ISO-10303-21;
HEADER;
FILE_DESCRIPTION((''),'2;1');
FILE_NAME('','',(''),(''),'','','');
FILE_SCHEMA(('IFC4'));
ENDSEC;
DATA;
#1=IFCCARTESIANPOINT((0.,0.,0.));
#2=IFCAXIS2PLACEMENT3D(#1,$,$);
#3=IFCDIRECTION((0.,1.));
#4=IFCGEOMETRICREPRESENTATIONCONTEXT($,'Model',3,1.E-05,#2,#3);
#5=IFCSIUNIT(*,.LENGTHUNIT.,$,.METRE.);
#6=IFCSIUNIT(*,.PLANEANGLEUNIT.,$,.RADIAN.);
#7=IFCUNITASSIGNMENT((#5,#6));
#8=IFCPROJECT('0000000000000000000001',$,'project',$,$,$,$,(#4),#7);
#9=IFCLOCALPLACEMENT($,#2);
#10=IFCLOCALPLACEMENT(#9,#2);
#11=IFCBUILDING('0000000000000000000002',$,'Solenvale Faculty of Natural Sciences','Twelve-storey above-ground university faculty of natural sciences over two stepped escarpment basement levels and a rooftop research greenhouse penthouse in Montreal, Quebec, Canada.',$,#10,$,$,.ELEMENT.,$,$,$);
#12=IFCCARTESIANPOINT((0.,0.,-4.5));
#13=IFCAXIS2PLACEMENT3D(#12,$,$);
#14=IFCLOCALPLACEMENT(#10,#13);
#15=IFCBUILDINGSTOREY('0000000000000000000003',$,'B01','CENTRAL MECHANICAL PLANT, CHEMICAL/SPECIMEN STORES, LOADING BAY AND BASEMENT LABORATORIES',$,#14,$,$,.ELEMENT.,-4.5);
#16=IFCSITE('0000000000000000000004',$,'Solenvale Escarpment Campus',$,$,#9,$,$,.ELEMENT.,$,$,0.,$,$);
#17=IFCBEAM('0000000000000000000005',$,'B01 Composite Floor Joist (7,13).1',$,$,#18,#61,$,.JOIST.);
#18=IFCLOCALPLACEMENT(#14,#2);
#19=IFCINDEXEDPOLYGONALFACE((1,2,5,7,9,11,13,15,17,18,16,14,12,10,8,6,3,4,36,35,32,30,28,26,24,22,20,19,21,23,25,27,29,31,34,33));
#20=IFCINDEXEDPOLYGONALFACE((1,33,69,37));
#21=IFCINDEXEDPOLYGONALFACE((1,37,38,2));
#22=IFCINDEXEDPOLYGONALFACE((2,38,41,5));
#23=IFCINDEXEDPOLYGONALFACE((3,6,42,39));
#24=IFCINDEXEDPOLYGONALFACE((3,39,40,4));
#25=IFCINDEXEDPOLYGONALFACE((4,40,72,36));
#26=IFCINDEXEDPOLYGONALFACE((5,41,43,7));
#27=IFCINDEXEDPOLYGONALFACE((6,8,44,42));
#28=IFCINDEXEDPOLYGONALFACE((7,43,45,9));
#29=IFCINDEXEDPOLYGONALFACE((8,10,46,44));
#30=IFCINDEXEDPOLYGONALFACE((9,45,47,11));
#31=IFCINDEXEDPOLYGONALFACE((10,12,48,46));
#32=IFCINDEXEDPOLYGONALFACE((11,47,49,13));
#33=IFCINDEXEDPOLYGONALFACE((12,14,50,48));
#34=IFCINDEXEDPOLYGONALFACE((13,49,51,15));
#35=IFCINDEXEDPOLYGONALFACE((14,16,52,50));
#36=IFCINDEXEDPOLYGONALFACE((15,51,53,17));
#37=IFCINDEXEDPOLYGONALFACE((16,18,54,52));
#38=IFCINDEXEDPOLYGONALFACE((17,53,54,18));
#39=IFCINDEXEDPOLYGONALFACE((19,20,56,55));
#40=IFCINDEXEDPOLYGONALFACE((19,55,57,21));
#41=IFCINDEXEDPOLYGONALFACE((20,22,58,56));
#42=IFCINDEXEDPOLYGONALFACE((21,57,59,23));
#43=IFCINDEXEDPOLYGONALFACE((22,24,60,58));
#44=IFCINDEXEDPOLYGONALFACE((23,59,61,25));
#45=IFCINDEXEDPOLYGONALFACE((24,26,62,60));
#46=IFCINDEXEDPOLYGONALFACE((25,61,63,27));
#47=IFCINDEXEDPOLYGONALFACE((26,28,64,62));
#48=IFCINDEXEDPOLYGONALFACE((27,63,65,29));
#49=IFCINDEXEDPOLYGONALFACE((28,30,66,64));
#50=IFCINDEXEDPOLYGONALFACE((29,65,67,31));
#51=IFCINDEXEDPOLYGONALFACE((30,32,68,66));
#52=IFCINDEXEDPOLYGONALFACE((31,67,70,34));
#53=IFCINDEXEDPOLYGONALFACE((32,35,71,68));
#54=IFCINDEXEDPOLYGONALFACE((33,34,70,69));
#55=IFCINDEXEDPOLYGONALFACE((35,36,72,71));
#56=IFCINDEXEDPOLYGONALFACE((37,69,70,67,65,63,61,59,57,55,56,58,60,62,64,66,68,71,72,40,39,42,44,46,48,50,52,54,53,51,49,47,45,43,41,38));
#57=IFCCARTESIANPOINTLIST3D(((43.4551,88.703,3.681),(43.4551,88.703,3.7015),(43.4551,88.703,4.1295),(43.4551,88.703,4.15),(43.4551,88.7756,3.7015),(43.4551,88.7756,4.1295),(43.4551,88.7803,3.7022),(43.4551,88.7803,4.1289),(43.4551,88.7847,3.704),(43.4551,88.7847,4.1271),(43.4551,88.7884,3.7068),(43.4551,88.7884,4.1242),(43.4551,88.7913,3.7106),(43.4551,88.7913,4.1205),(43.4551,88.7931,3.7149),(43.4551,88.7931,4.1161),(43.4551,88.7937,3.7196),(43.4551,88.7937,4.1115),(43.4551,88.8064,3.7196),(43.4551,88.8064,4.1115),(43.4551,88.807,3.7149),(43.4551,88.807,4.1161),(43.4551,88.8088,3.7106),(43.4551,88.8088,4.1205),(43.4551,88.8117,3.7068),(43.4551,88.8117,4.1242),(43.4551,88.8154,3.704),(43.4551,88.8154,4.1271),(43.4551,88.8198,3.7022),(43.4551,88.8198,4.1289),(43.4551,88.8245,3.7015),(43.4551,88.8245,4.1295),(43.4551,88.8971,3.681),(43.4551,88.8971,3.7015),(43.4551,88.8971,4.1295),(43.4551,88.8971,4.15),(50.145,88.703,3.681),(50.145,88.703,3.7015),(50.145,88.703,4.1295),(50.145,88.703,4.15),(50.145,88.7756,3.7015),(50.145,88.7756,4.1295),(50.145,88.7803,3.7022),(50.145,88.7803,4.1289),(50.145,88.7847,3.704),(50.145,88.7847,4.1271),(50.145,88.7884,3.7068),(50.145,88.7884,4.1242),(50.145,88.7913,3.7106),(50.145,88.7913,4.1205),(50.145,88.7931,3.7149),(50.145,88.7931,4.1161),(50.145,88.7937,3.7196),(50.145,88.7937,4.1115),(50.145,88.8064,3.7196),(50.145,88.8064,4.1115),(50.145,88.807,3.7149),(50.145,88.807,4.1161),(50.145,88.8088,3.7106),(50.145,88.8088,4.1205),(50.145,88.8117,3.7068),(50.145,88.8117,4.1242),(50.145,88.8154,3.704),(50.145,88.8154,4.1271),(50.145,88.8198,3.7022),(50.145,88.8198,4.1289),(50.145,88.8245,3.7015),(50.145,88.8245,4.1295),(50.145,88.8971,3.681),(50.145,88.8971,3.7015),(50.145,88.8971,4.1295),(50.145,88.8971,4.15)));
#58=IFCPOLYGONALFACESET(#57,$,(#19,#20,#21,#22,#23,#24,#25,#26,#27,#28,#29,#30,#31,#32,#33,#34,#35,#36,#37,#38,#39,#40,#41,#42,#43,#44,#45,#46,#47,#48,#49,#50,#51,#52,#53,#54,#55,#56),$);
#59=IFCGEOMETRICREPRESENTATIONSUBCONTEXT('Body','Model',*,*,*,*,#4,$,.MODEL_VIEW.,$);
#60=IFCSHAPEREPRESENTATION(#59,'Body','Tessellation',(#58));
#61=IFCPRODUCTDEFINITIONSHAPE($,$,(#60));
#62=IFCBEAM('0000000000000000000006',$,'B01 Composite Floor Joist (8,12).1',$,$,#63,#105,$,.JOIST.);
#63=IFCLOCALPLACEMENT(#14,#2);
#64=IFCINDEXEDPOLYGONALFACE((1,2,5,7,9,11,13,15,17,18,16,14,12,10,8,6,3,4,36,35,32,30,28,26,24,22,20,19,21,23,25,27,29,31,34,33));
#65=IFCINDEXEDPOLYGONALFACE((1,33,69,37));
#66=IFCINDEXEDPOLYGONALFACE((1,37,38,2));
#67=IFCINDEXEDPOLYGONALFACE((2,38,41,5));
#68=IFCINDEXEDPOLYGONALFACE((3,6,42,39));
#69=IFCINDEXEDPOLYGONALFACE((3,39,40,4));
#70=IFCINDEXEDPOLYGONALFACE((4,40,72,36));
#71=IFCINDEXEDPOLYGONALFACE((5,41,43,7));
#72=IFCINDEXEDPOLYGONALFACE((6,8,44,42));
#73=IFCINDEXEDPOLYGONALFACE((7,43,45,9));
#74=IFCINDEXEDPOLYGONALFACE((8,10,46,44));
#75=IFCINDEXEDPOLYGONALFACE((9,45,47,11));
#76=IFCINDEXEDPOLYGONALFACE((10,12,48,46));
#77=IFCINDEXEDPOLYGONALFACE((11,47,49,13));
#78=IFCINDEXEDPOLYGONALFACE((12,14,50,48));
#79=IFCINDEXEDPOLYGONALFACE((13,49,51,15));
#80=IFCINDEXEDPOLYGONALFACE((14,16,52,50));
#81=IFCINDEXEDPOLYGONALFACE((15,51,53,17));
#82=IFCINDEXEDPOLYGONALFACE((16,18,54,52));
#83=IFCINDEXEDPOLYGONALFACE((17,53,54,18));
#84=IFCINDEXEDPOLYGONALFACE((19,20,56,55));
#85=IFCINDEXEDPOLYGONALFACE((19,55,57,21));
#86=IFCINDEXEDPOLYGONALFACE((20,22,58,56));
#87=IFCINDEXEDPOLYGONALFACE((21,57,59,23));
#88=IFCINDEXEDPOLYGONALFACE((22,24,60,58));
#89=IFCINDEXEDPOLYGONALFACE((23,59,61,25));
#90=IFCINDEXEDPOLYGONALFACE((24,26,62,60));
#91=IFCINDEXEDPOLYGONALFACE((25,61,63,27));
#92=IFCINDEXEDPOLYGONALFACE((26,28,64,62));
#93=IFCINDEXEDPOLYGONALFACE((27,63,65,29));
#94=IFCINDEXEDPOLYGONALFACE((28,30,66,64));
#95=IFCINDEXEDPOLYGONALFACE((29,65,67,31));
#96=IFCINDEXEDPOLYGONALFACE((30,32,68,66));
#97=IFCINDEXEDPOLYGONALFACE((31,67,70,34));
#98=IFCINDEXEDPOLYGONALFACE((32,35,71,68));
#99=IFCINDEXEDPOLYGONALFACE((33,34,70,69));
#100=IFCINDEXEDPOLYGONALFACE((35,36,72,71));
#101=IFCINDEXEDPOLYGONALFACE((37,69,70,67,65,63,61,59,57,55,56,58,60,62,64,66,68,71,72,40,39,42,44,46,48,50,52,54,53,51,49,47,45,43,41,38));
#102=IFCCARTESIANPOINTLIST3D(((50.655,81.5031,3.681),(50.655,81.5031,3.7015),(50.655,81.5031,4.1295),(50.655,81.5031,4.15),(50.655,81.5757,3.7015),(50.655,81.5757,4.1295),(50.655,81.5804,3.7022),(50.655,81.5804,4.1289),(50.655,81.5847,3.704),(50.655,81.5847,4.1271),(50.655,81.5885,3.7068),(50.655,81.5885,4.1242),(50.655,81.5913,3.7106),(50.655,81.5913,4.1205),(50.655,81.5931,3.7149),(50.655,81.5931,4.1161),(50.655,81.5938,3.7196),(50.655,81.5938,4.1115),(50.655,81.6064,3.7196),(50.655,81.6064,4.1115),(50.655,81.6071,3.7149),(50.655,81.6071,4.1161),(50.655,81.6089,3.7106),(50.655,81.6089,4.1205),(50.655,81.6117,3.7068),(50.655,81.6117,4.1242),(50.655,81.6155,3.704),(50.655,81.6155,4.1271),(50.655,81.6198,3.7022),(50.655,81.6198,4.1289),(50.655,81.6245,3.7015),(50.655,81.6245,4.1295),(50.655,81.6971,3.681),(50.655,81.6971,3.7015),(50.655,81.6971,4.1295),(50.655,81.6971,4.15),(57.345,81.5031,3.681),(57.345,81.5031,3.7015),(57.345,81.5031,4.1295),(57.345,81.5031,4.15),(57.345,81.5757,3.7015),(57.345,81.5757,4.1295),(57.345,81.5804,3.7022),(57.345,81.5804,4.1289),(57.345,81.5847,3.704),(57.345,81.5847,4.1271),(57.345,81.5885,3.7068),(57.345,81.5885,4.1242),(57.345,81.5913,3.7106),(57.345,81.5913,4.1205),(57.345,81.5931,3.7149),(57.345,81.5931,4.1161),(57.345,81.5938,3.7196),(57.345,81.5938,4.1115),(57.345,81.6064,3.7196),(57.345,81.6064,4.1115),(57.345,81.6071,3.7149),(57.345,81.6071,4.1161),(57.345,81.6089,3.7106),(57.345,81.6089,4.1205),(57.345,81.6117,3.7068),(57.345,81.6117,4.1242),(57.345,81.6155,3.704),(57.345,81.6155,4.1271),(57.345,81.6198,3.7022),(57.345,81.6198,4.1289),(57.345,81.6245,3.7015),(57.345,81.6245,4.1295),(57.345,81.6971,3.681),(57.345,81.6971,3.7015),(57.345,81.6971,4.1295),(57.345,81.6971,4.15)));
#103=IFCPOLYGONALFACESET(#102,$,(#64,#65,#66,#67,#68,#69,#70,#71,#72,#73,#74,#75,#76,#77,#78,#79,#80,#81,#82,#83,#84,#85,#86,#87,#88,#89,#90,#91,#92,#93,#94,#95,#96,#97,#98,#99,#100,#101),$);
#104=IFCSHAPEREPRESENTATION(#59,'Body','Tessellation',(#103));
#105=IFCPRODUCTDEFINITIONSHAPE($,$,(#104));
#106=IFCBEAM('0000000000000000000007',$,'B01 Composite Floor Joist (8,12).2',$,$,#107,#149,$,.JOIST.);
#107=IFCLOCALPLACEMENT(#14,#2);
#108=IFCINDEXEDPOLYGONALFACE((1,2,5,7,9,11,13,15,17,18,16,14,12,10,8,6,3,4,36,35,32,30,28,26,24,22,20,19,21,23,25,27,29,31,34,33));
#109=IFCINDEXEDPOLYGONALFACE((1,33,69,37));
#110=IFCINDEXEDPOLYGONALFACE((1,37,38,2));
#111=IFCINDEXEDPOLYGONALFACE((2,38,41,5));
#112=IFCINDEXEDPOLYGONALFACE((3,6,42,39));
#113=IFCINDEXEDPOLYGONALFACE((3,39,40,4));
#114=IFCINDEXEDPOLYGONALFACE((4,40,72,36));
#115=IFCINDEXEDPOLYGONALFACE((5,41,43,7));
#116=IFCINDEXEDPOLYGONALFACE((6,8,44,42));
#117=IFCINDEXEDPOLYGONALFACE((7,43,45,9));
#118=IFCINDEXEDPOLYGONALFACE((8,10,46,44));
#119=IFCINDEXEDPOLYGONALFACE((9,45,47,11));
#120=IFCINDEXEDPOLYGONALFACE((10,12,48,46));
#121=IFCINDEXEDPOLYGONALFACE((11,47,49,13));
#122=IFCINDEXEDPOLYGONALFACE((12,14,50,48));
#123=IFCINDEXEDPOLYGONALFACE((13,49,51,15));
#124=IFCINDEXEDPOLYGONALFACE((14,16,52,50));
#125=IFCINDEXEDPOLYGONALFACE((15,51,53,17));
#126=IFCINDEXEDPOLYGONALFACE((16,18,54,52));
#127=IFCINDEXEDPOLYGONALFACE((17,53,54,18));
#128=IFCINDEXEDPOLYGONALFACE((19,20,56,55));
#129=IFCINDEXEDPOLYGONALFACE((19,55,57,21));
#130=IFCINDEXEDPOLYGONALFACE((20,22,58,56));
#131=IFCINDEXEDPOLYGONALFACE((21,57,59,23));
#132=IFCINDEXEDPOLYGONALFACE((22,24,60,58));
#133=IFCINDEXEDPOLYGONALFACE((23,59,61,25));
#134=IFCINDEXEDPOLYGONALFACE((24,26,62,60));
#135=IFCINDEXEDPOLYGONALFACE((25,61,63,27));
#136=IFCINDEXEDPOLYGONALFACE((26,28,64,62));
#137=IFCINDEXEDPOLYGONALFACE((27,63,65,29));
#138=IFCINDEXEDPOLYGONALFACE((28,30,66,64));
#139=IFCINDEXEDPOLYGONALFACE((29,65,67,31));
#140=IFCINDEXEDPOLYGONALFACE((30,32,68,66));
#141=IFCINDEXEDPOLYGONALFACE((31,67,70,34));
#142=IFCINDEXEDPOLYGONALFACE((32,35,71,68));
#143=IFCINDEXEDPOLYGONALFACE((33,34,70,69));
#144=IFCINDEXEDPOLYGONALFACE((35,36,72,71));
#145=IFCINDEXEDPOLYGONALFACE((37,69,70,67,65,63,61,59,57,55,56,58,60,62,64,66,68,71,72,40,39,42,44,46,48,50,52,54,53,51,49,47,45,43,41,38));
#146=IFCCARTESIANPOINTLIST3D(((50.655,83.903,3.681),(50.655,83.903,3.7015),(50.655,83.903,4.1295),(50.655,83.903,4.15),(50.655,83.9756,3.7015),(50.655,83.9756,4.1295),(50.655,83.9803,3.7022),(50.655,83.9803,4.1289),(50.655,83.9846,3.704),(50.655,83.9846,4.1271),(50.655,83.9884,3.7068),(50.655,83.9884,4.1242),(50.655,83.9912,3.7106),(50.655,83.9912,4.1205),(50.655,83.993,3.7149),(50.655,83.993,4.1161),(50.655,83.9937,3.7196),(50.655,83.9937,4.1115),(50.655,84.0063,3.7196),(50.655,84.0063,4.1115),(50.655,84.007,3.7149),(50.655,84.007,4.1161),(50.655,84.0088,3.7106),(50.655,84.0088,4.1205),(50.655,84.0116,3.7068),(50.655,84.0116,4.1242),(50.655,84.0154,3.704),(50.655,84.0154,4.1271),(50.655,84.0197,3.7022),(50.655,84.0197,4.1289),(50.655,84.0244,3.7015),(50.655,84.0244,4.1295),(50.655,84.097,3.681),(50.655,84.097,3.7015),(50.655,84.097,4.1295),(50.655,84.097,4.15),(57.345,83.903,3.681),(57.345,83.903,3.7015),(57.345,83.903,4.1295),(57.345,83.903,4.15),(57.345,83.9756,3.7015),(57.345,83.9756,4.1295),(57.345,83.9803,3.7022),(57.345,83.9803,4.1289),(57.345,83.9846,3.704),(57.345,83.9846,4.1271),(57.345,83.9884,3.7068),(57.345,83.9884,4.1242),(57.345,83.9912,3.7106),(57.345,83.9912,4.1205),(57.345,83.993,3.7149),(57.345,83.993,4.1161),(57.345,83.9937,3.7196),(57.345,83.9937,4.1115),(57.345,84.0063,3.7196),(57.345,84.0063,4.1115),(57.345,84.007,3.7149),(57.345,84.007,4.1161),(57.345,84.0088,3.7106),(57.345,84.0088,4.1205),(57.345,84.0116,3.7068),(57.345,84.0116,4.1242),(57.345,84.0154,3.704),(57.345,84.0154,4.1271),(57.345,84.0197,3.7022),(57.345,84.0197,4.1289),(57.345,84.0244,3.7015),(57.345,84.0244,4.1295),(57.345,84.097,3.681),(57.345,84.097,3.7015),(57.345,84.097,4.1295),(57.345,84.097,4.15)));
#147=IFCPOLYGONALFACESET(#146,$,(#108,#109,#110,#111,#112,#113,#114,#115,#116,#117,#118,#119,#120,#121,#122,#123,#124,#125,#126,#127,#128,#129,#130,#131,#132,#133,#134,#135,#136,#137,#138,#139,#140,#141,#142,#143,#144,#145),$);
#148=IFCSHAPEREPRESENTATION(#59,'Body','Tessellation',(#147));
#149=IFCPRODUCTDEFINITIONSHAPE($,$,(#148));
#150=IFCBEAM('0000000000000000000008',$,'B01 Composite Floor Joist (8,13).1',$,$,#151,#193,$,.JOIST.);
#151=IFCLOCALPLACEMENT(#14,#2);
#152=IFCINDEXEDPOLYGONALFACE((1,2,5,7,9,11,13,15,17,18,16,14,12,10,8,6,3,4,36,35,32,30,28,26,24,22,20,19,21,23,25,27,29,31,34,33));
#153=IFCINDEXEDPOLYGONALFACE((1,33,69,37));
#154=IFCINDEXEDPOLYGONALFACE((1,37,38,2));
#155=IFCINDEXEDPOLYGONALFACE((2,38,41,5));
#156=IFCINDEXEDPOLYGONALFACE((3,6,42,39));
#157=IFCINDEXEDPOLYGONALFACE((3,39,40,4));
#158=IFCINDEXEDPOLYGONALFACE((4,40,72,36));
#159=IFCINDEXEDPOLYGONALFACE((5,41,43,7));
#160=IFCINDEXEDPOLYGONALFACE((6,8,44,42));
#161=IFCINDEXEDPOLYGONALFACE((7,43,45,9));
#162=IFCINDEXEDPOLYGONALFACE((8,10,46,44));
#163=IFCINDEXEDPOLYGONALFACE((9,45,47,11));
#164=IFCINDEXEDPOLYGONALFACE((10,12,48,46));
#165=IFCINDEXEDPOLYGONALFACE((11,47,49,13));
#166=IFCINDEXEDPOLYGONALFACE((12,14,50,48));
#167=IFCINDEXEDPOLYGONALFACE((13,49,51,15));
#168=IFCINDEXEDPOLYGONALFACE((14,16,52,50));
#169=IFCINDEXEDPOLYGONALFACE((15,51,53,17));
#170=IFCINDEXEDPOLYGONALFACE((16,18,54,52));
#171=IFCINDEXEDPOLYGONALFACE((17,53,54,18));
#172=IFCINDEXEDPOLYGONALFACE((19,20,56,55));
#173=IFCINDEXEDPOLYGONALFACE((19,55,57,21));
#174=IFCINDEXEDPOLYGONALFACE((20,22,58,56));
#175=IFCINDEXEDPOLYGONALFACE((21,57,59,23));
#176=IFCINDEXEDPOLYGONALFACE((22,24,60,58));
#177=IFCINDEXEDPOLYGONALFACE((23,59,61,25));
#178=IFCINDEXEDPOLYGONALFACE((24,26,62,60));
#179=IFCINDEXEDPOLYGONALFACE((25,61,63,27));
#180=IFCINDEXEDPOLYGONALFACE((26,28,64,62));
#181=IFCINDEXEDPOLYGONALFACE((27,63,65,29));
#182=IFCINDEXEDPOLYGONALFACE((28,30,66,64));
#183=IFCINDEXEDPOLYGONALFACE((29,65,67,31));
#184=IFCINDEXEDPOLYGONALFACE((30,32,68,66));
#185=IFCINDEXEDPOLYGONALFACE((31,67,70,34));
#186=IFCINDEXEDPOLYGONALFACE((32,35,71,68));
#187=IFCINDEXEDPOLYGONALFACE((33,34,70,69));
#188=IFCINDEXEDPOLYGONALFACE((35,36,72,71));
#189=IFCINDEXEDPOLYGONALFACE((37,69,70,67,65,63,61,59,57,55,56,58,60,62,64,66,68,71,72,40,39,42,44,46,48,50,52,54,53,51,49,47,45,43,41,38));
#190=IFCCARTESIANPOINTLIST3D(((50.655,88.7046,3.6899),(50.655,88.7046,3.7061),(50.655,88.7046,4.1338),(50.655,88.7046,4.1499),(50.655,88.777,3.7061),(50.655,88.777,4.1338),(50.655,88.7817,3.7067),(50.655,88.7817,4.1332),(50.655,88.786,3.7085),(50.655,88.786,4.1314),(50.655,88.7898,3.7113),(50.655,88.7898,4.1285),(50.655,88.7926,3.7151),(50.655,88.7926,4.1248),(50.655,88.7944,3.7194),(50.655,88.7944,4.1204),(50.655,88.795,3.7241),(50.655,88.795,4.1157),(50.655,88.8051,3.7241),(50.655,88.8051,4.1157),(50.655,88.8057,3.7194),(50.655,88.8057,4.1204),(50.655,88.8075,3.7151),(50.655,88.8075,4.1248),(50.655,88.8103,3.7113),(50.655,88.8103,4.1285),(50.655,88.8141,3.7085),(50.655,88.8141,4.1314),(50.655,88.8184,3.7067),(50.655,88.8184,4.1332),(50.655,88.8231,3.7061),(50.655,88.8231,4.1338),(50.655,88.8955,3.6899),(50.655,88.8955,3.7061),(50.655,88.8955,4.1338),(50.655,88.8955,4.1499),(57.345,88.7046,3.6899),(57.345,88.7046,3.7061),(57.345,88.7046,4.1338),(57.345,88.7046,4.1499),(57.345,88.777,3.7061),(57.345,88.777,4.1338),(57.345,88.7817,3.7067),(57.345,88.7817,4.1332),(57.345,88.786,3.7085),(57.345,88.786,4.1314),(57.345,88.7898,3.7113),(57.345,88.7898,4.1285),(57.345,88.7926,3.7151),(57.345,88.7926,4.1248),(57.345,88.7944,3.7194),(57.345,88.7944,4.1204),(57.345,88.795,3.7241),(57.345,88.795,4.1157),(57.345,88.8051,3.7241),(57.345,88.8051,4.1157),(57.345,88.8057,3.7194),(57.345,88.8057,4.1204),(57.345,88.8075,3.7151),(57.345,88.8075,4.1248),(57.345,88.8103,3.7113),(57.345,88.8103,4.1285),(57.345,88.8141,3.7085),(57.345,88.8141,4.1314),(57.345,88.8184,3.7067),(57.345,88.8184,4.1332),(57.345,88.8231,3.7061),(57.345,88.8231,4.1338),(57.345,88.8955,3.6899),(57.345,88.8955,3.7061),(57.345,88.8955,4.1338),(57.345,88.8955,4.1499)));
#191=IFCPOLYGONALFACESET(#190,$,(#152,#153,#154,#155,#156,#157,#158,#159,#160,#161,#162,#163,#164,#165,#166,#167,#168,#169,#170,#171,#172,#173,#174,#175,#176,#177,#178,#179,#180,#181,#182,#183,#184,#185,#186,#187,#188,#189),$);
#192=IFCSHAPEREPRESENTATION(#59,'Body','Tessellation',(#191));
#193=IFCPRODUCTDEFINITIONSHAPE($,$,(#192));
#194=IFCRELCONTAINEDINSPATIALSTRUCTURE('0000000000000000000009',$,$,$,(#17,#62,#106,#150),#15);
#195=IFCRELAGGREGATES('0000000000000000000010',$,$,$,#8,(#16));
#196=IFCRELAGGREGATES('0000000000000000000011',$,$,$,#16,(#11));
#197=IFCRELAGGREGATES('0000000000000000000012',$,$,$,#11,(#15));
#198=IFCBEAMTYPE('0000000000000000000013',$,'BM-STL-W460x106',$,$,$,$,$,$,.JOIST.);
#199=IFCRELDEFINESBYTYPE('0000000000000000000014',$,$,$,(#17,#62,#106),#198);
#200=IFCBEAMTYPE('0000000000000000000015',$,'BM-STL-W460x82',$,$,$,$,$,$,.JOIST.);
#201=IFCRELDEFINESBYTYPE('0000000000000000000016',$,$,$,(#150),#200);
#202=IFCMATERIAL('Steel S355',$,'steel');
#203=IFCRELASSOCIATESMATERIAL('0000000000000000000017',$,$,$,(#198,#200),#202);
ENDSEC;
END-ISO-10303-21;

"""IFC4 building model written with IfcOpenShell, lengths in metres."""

from ifc_helpers import new_model, si_unit, direction, frame, origin, origin_2d, place, context, subcontext, project, spatial, i_section, extrude, material, material_profile, profile_set, type_object, element, save


model = new_model("IFC4")

# Units and contexts
model_context = context("Model", 3, precision=1e-05, world=origin(), true_north=direction((0.0, 1.0)))
body_context = subcontext(model_context, "Body", "Model", "MODEL_VIEW")
ifc_project = project(units=[si_unit("LENGTHUNIT", "METRE"), si_unit("PLANEANGLEUNIT", "RADIAN")], contexts=[model_context])

# Site, building, storey
site_placement = place(None, origin())
site = spatial("IfcSite", under=ifc_project, at=site_placement, Name="Solenvale Escarpment Campus", CompositionType="ELEMENT", RefElevation=0.0)
building_placement = place(site_placement, origin())
building = spatial("IfcBuilding", under=site, at=building_placement, Name="Solenvale Faculty of Natural Sciences", Description="Twelve-storey above-ground university faculty of natural sciences over two stepped escarpment basement levels and a rooftop research greenhouse penthouse in Montreal, Quebec, Canada.", CompositionType="ELEMENT")
storey_placement = place(building_placement, frame((0.0, 0.0, -4.5)))
storey = spatial("IfcBuildingStorey", under=building, at=storey_placement, Name="B01", Description="CENTRAL MECHANICAL PLANT, CHEMICAL/SPECIMEN STORES, LOADING BAY AND BASEMENT LABORATORIES", CompositionType="ELEMENT", Elevation=-4.5)

# Beams
ifc_material_1 = material(Name="Steel S355", Category="steel")
ifc_material_profile_1 = material_profile(ifc_material_1, i_section(OverallWidth=0.1941, OverallDepth=0.469, WebThickness=0.0127, FlangeThickness=0.0205, FilletRadius=0.0181, at=origin_2d()), Name="W460x106")
ifc_profile_set_1 = profile_set([ifc_material_profile_1], Name="Steel S355")
beam_type_1 = type_object("IfcBeamType", Name="BM-STL-W460x106", PredefinedType="JOIST", material=ifc_profile_set_1)
for number, where, z_axis, x_axis, name in (
    (1, (43.4551, 88.8, 3.9155), (1.0, 0.0, 0.0), (0.0, 1.0, 0.0), "B01 Composite Floor Joist (7,13).1"),
    (2, (50.655, 81.6001, 3.9155), (1.0, 0.0, 0.0), (0.0, 1.0, 0.0), "B01 Composite Floor Joist (8,12).1"),
    (3, (50.655, 84.0, 3.9155), (1.0, 0.0, 0.0), (0.0, 1.0, 0.0), "B01 Composite Floor Joist (8,12).2"),
):
    element("IfcBeam", number, at=place(storey_placement, frame(where, z_axis=z_axis, x_axis=x_axis)), inside=storey, type_object=beam_type_1, Name=name, PredefinedType="JOIST", context=body_context, shape_type="SweptSolid", body=[
        extrude(i_section(OverallWidth=0.1941, OverallDepth=0.469, WebThickness=0.0127, FlangeThickness=0.0205, FilletRadius=0.0181, at=origin_2d()), origin(), (0.0, 0.0, 1.0), 6.6899),
    ])
ifc_material_profile_2 = material_profile(ifc_material_1, i_section(OverallWidth=0.1909, OverallDepth=0.46, WebThickness=0.01, FlangeThickness=0.0161, FilletRadius=0.0181, at=origin_2d()), Name="W460x82")
ifc_profile_set_2 = profile_set([ifc_material_profile_2], Name="Steel S355")
beam_type_2 = type_object("IfcBeamType", Name="BM-STL-W460x82", PredefinedType="JOIST", material=ifc_profile_set_2)
beam_1_placement = place(storey_placement, frame((50.655, 88.8, 3.9199), z_axis=(1.0, 0.0, 0.0), x_axis=(0.0, 1.0, 0.0)))
element("IfcBeam", 4, at=beam_1_placement, inside=storey, type_object=beam_type_2, Name="B01 Composite Floor Joist (8,13).1", PredefinedType="JOIST", context=body_context, shape_type="SweptSolid", body=[
    extrude(i_section(OverallWidth=0.1909, OverallDepth=0.46, WebThickness=0.01, FlangeThickness=0.0161, FilletRadius=0.0181, at=origin_2d()), origin(), (0.0, 0.0, 1.0), 6.6899),
])

save(model, "model.ifc")
